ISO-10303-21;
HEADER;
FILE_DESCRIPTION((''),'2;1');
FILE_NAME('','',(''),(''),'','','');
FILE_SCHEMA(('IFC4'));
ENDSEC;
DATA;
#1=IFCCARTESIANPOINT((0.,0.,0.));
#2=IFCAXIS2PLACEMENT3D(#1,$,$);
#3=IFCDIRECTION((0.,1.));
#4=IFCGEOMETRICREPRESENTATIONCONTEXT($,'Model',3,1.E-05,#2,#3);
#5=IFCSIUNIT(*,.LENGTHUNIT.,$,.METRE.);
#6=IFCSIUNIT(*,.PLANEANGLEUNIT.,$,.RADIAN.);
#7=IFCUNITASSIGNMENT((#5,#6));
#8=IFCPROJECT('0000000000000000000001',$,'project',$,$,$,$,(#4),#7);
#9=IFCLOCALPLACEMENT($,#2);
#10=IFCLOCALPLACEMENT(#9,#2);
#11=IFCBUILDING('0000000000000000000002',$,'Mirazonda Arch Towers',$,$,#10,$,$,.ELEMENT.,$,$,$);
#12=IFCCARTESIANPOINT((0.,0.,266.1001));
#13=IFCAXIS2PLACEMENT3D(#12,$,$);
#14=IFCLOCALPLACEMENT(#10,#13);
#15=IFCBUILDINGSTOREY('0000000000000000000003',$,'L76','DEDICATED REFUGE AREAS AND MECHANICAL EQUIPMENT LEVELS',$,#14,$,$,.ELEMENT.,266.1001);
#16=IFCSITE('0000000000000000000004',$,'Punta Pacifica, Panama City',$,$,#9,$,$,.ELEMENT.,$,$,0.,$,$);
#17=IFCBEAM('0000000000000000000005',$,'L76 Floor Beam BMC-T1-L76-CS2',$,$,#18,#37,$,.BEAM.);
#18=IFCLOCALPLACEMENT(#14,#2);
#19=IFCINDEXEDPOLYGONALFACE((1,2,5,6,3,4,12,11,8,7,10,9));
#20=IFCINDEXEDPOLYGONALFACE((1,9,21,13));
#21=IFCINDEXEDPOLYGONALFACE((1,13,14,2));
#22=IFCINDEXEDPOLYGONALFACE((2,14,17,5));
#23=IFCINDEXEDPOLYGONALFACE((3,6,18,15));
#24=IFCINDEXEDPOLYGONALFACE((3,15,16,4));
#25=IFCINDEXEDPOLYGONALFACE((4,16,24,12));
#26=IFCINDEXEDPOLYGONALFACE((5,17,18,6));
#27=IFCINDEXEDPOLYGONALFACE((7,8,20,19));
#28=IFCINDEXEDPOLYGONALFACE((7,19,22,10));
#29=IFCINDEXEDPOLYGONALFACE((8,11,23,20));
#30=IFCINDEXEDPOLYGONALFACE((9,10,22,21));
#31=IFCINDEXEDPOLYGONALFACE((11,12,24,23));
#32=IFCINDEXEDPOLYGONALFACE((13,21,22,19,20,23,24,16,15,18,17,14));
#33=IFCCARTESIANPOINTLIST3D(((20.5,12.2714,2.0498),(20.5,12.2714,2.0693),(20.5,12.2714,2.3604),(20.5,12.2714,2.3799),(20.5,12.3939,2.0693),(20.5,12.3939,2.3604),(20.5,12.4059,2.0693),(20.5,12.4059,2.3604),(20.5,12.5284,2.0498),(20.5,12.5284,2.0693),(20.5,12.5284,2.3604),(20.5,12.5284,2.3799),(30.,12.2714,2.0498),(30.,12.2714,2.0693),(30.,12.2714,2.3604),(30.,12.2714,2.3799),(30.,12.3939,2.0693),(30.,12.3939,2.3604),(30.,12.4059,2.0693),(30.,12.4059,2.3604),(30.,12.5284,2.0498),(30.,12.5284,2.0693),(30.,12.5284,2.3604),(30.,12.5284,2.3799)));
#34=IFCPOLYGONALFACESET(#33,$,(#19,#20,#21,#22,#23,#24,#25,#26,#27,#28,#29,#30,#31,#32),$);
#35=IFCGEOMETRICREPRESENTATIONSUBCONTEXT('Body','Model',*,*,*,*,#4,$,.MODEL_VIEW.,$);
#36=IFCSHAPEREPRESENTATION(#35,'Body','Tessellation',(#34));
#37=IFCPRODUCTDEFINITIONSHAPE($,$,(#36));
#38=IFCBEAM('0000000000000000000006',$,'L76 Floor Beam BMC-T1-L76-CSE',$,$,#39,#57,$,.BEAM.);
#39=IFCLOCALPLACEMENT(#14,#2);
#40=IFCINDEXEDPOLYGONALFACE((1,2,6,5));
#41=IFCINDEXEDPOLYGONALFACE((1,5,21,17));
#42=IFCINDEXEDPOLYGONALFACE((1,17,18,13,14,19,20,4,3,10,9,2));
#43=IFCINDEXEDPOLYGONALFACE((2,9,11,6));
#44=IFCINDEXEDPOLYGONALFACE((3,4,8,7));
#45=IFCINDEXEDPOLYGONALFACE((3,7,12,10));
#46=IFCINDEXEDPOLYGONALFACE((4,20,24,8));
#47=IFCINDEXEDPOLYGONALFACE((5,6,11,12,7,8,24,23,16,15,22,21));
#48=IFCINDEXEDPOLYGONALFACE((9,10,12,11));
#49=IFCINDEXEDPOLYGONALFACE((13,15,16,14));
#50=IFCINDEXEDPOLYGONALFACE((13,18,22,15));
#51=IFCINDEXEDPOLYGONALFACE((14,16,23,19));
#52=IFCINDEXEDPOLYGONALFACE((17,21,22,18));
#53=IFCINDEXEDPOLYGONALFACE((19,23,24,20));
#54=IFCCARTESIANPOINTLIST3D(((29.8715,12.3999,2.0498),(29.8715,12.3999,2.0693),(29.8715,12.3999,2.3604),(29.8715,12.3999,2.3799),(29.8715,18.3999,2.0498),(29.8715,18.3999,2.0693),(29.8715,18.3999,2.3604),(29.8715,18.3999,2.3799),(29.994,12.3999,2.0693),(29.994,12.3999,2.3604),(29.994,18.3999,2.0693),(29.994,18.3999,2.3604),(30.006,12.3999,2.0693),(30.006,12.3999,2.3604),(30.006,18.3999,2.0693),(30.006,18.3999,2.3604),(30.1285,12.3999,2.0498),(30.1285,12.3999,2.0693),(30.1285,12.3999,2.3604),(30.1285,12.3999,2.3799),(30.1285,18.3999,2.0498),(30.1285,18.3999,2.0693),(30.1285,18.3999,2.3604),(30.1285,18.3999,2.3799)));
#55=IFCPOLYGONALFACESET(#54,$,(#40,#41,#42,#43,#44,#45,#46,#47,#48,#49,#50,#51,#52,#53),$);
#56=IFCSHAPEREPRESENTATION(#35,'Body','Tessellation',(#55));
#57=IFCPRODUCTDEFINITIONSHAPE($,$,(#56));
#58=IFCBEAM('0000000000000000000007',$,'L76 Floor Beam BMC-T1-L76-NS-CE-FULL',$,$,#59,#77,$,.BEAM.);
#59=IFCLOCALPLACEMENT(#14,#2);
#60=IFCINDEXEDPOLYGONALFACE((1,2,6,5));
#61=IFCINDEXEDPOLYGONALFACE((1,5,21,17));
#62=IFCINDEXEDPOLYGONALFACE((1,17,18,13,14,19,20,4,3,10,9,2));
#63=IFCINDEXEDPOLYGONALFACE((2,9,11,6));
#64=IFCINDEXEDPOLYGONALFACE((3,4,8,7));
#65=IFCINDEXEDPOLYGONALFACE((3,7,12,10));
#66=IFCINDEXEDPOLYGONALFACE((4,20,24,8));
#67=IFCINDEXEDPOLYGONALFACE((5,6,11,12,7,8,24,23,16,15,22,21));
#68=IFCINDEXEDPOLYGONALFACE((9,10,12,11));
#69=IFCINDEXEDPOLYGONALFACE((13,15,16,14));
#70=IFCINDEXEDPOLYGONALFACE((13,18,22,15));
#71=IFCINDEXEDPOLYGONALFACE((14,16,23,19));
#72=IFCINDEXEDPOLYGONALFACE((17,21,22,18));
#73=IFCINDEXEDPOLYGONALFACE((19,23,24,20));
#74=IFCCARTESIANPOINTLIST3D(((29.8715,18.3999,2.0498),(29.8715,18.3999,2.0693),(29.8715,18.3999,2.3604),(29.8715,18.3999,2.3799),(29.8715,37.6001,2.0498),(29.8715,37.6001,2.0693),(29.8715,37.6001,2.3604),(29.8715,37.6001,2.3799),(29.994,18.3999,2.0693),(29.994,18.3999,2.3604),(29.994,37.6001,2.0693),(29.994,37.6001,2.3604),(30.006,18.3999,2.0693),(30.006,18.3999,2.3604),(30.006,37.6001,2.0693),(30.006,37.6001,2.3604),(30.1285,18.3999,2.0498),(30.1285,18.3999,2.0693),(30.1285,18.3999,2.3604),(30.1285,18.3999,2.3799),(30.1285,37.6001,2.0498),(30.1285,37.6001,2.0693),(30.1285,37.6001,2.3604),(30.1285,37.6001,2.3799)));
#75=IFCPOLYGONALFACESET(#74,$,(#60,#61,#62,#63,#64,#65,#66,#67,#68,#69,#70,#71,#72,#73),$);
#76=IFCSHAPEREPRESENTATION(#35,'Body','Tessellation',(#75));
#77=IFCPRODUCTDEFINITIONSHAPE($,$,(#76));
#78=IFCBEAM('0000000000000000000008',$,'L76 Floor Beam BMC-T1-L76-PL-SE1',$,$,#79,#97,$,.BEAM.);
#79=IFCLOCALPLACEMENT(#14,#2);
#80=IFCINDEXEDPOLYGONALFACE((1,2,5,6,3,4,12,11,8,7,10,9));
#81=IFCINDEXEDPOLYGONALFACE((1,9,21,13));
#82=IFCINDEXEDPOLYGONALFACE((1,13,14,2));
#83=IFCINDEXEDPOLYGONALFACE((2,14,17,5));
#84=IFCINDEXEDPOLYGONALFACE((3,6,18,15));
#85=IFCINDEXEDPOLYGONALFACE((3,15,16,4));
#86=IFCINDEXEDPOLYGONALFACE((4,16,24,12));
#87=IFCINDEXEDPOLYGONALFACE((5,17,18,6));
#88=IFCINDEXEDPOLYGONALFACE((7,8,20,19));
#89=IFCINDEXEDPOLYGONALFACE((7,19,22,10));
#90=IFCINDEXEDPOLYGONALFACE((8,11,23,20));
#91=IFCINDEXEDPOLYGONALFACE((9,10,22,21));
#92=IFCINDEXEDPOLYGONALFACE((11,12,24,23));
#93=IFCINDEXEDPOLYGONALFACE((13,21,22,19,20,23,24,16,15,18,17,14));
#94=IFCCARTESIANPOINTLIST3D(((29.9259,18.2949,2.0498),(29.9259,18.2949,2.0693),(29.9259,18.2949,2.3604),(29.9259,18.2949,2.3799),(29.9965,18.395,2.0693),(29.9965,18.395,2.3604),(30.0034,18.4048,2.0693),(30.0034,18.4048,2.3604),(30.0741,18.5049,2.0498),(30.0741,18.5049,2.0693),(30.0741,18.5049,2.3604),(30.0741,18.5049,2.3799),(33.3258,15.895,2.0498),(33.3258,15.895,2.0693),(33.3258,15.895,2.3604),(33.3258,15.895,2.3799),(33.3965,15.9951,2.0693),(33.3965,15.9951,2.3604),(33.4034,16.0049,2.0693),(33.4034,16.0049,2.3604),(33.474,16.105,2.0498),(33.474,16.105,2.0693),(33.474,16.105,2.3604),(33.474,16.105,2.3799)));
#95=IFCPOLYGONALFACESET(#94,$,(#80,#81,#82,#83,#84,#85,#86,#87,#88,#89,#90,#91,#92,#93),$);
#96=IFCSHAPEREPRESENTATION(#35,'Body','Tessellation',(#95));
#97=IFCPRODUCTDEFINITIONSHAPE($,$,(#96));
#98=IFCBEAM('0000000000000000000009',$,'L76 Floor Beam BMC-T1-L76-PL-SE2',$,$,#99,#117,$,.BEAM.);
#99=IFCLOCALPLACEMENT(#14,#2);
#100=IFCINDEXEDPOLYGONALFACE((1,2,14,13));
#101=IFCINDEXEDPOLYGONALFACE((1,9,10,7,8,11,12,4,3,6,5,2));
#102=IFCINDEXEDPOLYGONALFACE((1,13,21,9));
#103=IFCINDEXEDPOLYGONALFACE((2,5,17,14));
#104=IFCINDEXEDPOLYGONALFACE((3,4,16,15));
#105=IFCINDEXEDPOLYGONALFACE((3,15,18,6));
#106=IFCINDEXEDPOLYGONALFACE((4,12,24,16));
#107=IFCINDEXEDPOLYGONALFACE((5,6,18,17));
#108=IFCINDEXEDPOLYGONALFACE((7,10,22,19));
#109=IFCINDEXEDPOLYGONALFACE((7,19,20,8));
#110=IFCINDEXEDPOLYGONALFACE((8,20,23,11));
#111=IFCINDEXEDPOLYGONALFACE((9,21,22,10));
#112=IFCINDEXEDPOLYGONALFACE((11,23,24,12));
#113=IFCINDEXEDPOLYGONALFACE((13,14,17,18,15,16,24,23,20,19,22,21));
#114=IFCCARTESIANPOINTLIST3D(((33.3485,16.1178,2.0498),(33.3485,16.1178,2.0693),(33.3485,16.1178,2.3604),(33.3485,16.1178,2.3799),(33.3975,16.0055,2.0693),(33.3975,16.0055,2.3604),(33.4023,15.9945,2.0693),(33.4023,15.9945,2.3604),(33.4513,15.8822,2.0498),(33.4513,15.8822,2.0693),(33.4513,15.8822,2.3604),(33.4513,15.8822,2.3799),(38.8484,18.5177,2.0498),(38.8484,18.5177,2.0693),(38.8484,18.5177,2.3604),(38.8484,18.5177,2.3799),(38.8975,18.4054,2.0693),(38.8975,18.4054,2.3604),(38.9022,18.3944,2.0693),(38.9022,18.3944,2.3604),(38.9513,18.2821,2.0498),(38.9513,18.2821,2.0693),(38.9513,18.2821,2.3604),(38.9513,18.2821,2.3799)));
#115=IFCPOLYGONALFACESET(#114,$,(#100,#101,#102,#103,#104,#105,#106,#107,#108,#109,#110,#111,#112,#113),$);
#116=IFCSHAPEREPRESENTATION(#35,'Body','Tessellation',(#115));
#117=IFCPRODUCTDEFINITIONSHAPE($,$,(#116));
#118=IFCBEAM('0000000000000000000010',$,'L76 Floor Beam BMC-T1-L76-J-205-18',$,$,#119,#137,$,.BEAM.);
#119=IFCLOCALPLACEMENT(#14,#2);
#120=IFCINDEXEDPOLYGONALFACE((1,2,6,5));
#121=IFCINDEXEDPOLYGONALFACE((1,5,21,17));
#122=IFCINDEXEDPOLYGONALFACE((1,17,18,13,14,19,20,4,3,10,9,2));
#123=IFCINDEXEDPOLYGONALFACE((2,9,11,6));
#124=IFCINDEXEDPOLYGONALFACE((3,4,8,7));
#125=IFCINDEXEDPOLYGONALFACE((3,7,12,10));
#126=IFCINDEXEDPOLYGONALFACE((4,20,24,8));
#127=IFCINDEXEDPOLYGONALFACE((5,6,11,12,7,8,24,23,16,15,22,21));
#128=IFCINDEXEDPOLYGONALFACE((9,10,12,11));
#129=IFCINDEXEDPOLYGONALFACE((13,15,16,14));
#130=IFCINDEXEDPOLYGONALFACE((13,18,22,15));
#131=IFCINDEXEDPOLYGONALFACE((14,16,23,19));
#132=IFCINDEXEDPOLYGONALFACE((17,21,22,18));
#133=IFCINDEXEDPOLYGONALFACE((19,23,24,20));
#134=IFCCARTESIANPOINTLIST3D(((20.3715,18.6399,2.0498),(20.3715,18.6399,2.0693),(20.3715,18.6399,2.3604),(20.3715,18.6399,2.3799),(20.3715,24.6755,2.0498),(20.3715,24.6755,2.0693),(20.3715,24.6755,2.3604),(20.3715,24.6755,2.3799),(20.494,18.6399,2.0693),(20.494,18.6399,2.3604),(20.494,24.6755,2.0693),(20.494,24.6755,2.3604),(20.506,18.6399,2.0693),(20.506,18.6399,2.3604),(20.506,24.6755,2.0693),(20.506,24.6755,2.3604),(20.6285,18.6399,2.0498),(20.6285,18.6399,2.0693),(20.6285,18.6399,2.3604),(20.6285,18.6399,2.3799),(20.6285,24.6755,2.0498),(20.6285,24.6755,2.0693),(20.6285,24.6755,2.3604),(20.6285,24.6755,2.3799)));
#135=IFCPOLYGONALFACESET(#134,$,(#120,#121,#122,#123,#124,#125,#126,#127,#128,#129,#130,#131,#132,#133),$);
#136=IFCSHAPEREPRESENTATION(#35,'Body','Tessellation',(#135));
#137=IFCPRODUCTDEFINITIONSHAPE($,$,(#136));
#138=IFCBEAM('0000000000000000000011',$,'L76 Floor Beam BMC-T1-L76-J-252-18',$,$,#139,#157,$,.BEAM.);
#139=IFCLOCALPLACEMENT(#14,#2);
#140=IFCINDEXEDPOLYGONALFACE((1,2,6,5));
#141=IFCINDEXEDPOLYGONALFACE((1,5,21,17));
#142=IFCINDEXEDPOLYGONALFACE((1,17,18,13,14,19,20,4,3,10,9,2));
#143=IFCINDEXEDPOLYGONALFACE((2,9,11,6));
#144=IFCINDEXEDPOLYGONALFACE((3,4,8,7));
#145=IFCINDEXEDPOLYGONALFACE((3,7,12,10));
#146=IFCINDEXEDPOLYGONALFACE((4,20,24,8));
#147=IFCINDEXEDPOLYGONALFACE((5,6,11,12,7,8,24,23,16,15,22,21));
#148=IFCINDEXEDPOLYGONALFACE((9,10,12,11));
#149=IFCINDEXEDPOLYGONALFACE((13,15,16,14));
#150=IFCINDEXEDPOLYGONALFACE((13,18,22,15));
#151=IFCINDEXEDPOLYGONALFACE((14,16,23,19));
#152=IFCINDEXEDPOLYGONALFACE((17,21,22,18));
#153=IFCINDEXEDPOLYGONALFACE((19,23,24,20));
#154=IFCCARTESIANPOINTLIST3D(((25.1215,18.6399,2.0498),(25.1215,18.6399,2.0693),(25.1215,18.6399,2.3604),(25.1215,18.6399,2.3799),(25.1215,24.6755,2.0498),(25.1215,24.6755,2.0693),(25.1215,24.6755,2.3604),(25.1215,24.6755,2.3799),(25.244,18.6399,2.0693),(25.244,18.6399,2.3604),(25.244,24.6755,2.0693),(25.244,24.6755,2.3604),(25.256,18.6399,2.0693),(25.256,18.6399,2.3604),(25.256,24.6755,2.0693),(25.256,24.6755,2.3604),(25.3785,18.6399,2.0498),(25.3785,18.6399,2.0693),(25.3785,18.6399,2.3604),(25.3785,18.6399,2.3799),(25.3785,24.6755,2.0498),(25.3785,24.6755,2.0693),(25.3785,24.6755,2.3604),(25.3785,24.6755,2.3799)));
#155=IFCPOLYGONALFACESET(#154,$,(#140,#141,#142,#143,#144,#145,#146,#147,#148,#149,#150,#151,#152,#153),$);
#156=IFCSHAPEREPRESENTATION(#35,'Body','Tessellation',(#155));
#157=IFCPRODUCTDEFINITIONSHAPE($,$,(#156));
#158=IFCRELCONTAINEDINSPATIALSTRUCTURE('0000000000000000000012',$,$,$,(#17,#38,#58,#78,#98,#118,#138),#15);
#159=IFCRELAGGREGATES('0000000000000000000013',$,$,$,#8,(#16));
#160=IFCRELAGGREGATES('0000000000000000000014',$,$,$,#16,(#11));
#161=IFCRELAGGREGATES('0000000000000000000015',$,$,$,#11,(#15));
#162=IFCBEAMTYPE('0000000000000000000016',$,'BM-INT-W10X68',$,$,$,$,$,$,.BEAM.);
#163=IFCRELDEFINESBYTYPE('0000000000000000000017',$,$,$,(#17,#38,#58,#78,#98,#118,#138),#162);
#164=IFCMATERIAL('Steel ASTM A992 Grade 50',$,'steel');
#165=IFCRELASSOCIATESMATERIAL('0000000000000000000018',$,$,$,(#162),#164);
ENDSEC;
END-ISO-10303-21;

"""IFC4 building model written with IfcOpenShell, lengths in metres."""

from ifc_helpers import new_model, si_unit, direction, frame, origin, origin_2d, place, context, subcontext, project, spatial, i_section, extrude, material, material_profile, profile_set, type_object, element, save


model = new_model("IFC4")

# Units and contexts
model_context = context("Model", 3, precision=1e-05, world=origin(), true_north=direction((0.0, 1.0)))
body_context = subcontext(model_context, "Body", "Model", "MODEL_VIEW")
ifc_project = project(units=[si_unit("LENGTHUNIT", "METRE"), si_unit("PLANEANGLEUNIT", "RADIAN")], contexts=[model_context])

# Site, building, storey
site_placement = place(None, origin())
site = spatial("IfcSite", under=ifc_project, at=site_placement, Name="Punta Pacifica, Panama City", CompositionType="ELEMENT", RefElevation=0.0)
building_placement = place(site_placement, origin())
building = spatial("IfcBuilding", under=site, at=building_placement, Name="Mirazonda Arch Towers", CompositionType="ELEMENT")
storey_placement = place(building_placement, frame((0.0, 0.0, 266.1001)))
storey = spatial("IfcBuildingStorey", under=building, at=storey_placement, Name="L76", Description="DEDICATED REFUGE AREAS AND MECHANICAL EQUIPMENT LEVELS", CompositionType="ELEMENT", Elevation=266.1001)

# Beams
ifc_material_1 = material(Name="Steel ASTM A992 Grade 50", Category="steel")
ifc_material_profile_1 = material_profile(ifc_material_1, i_section(OverallWidth=0.2571, OverallDepth=0.3301, WebThickness=0.012, FlangeThickness=0.0195, at=origin_2d()), Name="W10X68")
ifc_profile_set_1 = profile_set([ifc_material_profile_1], Name="Steel ASTM A992 Grade 50")
beam_type_1 = type_object("IfcBeamType", Name="BM-INT-W10X68", PredefinedType="BEAM", material=ifc_profile_set_1)
beam_1_placement = place(storey_placement, frame((20.5, 12.3999, 2.2148), z_axis=(1.0, 0.0, 0.0), x_axis=(0.0, 1.0, 0.0)))
element("IfcBeam", 1, at=beam_1_placement, inside=storey, type_object=beam_type_1, Name="L76 Floor Beam BMC-T1-L76-CS2", PredefinedType="BEAM", context=body_context, shape_type="SweptSolid", body=[
    extrude(i_section(OverallWidth=0.2571, OverallDepth=0.3301, WebThickness=0.012, FlangeThickness=0.0195, at=origin_2d()), origin(), (0.0, 0.0, 1.0), 9.5),
])
beam_2_placement = place(storey_placement, frame((30.0, 12.3999, 2.2148), z_axis=(0.0, 1.0, 0.0), x_axis=(-1.0, 0.0, 0.0)))
element("IfcBeam", 2, at=beam_2_placement, inside=storey, type_object=beam_type_1, Name="L76 Floor Beam BMC-T1-L76-CSE", PredefinedType="BEAM", context=body_context, shape_type="SweptSolid", body=[
    extrude(i_section(OverallWidth=0.2571, OverallDepth=0.3301, WebThickness=0.012, FlangeThickness=0.0195, at=origin_2d()), origin(), (0.0, 0.0, 1.0), 6.0),
])
beam_3_placement = place(storey_placement, frame((30.0, 18.3999, 2.2148), z_axis=(0.0, 1.0, 0.0), x_axis=(-1.0, 0.0, 0.0)))
element("IfcBeam", 3, at=beam_3_placement, inside=storey, type_object=beam_type_1, Name="L76 Floor Beam BMC-T1-L76-NS-CE-FULL", PredefinedType="BEAM", context=body_context, shape_type="SweptSolid", body=[
    extrude(i_section(OverallWidth=0.2571, OverallDepth=0.3301, WebThickness=0.012, FlangeThickness=0.0195, at=origin_2d()), origin(), (0.0, 0.0, 1.0), 19.2002),
])
beam_4_placement = place(storey_placement, frame((33.3999, 16.0, 2.2148), z_axis=(-0.816971, 0.576679, 0.0), x_axis=(-0.576679, -0.816971, 0.0)))
element("IfcBeam", 4, at=beam_4_placement, inside=storey, type_object=beam_type_1, Name="L76 Floor Beam BMC-T1-L76-PL-SE1", PredefinedType="BEAM", context=body_context, shape_type="SweptSolid", body=[
    extrude(i_section(OverallWidth=0.2571, OverallDepth=0.3301, WebThickness=0.012, FlangeThickness=0.0195, at=origin_2d()), origin(), (0.0, 0.0, 1.0), 4.1616),
])
beam_5_placement = place(storey_placement, frame((33.3999, 16.0, 2.2148), z_axis=(0.916545, 0.399931, 0.0), x_axis=(-0.399931, 0.916545, 0.0)))
element("IfcBeam", 5, at=beam_5_placement, inside=storey, type_object=beam_type_1, Name="L76 Floor Beam BMC-T1-L76-PL-SE2", PredefinedType="BEAM", context=body_context, shape_type="SweptSolid", body=[
    extrude(i_section(OverallWidth=0.2571, OverallDepth=0.3301, WebThickness=0.012, FlangeThickness=0.0195, at=origin_2d()), origin(), (0.0, 0.0, 1.0), 6.0007),
])
for number, where, z_axis, x_axis, name in (
    (6, (20.5, 18.6399, 2.2148), (0.0, 1.0, 0.0), (-1.0, 0.0, 0.0), "L76 Floor Beam BMC-T1-L76-J-205-18"),
    (7, (25.25, 18.6399, 2.2148), (0.0, 1.0, 0.0), (-1.0, 0.0, 0.0), "L76 Floor Beam BMC-T1-L76-J-252-18"),
):
    element("IfcBeam", number, at=place(storey_placement, frame(where, z_axis=z_axis, x_axis=x_axis)), inside=storey, type_object=beam_type_1, Name=name, PredefinedType="BEAM", context=body_context, shape_type="SweptSolid", body=[
        extrude(i_section(OverallWidth=0.2571, OverallDepth=0.3301, WebThickness=0.012, FlangeThickness=0.0195, at=origin_2d()), origin(), (0.0, 0.0, 1.0), 6.0356),
    ])

save(model, "model.ifc")
